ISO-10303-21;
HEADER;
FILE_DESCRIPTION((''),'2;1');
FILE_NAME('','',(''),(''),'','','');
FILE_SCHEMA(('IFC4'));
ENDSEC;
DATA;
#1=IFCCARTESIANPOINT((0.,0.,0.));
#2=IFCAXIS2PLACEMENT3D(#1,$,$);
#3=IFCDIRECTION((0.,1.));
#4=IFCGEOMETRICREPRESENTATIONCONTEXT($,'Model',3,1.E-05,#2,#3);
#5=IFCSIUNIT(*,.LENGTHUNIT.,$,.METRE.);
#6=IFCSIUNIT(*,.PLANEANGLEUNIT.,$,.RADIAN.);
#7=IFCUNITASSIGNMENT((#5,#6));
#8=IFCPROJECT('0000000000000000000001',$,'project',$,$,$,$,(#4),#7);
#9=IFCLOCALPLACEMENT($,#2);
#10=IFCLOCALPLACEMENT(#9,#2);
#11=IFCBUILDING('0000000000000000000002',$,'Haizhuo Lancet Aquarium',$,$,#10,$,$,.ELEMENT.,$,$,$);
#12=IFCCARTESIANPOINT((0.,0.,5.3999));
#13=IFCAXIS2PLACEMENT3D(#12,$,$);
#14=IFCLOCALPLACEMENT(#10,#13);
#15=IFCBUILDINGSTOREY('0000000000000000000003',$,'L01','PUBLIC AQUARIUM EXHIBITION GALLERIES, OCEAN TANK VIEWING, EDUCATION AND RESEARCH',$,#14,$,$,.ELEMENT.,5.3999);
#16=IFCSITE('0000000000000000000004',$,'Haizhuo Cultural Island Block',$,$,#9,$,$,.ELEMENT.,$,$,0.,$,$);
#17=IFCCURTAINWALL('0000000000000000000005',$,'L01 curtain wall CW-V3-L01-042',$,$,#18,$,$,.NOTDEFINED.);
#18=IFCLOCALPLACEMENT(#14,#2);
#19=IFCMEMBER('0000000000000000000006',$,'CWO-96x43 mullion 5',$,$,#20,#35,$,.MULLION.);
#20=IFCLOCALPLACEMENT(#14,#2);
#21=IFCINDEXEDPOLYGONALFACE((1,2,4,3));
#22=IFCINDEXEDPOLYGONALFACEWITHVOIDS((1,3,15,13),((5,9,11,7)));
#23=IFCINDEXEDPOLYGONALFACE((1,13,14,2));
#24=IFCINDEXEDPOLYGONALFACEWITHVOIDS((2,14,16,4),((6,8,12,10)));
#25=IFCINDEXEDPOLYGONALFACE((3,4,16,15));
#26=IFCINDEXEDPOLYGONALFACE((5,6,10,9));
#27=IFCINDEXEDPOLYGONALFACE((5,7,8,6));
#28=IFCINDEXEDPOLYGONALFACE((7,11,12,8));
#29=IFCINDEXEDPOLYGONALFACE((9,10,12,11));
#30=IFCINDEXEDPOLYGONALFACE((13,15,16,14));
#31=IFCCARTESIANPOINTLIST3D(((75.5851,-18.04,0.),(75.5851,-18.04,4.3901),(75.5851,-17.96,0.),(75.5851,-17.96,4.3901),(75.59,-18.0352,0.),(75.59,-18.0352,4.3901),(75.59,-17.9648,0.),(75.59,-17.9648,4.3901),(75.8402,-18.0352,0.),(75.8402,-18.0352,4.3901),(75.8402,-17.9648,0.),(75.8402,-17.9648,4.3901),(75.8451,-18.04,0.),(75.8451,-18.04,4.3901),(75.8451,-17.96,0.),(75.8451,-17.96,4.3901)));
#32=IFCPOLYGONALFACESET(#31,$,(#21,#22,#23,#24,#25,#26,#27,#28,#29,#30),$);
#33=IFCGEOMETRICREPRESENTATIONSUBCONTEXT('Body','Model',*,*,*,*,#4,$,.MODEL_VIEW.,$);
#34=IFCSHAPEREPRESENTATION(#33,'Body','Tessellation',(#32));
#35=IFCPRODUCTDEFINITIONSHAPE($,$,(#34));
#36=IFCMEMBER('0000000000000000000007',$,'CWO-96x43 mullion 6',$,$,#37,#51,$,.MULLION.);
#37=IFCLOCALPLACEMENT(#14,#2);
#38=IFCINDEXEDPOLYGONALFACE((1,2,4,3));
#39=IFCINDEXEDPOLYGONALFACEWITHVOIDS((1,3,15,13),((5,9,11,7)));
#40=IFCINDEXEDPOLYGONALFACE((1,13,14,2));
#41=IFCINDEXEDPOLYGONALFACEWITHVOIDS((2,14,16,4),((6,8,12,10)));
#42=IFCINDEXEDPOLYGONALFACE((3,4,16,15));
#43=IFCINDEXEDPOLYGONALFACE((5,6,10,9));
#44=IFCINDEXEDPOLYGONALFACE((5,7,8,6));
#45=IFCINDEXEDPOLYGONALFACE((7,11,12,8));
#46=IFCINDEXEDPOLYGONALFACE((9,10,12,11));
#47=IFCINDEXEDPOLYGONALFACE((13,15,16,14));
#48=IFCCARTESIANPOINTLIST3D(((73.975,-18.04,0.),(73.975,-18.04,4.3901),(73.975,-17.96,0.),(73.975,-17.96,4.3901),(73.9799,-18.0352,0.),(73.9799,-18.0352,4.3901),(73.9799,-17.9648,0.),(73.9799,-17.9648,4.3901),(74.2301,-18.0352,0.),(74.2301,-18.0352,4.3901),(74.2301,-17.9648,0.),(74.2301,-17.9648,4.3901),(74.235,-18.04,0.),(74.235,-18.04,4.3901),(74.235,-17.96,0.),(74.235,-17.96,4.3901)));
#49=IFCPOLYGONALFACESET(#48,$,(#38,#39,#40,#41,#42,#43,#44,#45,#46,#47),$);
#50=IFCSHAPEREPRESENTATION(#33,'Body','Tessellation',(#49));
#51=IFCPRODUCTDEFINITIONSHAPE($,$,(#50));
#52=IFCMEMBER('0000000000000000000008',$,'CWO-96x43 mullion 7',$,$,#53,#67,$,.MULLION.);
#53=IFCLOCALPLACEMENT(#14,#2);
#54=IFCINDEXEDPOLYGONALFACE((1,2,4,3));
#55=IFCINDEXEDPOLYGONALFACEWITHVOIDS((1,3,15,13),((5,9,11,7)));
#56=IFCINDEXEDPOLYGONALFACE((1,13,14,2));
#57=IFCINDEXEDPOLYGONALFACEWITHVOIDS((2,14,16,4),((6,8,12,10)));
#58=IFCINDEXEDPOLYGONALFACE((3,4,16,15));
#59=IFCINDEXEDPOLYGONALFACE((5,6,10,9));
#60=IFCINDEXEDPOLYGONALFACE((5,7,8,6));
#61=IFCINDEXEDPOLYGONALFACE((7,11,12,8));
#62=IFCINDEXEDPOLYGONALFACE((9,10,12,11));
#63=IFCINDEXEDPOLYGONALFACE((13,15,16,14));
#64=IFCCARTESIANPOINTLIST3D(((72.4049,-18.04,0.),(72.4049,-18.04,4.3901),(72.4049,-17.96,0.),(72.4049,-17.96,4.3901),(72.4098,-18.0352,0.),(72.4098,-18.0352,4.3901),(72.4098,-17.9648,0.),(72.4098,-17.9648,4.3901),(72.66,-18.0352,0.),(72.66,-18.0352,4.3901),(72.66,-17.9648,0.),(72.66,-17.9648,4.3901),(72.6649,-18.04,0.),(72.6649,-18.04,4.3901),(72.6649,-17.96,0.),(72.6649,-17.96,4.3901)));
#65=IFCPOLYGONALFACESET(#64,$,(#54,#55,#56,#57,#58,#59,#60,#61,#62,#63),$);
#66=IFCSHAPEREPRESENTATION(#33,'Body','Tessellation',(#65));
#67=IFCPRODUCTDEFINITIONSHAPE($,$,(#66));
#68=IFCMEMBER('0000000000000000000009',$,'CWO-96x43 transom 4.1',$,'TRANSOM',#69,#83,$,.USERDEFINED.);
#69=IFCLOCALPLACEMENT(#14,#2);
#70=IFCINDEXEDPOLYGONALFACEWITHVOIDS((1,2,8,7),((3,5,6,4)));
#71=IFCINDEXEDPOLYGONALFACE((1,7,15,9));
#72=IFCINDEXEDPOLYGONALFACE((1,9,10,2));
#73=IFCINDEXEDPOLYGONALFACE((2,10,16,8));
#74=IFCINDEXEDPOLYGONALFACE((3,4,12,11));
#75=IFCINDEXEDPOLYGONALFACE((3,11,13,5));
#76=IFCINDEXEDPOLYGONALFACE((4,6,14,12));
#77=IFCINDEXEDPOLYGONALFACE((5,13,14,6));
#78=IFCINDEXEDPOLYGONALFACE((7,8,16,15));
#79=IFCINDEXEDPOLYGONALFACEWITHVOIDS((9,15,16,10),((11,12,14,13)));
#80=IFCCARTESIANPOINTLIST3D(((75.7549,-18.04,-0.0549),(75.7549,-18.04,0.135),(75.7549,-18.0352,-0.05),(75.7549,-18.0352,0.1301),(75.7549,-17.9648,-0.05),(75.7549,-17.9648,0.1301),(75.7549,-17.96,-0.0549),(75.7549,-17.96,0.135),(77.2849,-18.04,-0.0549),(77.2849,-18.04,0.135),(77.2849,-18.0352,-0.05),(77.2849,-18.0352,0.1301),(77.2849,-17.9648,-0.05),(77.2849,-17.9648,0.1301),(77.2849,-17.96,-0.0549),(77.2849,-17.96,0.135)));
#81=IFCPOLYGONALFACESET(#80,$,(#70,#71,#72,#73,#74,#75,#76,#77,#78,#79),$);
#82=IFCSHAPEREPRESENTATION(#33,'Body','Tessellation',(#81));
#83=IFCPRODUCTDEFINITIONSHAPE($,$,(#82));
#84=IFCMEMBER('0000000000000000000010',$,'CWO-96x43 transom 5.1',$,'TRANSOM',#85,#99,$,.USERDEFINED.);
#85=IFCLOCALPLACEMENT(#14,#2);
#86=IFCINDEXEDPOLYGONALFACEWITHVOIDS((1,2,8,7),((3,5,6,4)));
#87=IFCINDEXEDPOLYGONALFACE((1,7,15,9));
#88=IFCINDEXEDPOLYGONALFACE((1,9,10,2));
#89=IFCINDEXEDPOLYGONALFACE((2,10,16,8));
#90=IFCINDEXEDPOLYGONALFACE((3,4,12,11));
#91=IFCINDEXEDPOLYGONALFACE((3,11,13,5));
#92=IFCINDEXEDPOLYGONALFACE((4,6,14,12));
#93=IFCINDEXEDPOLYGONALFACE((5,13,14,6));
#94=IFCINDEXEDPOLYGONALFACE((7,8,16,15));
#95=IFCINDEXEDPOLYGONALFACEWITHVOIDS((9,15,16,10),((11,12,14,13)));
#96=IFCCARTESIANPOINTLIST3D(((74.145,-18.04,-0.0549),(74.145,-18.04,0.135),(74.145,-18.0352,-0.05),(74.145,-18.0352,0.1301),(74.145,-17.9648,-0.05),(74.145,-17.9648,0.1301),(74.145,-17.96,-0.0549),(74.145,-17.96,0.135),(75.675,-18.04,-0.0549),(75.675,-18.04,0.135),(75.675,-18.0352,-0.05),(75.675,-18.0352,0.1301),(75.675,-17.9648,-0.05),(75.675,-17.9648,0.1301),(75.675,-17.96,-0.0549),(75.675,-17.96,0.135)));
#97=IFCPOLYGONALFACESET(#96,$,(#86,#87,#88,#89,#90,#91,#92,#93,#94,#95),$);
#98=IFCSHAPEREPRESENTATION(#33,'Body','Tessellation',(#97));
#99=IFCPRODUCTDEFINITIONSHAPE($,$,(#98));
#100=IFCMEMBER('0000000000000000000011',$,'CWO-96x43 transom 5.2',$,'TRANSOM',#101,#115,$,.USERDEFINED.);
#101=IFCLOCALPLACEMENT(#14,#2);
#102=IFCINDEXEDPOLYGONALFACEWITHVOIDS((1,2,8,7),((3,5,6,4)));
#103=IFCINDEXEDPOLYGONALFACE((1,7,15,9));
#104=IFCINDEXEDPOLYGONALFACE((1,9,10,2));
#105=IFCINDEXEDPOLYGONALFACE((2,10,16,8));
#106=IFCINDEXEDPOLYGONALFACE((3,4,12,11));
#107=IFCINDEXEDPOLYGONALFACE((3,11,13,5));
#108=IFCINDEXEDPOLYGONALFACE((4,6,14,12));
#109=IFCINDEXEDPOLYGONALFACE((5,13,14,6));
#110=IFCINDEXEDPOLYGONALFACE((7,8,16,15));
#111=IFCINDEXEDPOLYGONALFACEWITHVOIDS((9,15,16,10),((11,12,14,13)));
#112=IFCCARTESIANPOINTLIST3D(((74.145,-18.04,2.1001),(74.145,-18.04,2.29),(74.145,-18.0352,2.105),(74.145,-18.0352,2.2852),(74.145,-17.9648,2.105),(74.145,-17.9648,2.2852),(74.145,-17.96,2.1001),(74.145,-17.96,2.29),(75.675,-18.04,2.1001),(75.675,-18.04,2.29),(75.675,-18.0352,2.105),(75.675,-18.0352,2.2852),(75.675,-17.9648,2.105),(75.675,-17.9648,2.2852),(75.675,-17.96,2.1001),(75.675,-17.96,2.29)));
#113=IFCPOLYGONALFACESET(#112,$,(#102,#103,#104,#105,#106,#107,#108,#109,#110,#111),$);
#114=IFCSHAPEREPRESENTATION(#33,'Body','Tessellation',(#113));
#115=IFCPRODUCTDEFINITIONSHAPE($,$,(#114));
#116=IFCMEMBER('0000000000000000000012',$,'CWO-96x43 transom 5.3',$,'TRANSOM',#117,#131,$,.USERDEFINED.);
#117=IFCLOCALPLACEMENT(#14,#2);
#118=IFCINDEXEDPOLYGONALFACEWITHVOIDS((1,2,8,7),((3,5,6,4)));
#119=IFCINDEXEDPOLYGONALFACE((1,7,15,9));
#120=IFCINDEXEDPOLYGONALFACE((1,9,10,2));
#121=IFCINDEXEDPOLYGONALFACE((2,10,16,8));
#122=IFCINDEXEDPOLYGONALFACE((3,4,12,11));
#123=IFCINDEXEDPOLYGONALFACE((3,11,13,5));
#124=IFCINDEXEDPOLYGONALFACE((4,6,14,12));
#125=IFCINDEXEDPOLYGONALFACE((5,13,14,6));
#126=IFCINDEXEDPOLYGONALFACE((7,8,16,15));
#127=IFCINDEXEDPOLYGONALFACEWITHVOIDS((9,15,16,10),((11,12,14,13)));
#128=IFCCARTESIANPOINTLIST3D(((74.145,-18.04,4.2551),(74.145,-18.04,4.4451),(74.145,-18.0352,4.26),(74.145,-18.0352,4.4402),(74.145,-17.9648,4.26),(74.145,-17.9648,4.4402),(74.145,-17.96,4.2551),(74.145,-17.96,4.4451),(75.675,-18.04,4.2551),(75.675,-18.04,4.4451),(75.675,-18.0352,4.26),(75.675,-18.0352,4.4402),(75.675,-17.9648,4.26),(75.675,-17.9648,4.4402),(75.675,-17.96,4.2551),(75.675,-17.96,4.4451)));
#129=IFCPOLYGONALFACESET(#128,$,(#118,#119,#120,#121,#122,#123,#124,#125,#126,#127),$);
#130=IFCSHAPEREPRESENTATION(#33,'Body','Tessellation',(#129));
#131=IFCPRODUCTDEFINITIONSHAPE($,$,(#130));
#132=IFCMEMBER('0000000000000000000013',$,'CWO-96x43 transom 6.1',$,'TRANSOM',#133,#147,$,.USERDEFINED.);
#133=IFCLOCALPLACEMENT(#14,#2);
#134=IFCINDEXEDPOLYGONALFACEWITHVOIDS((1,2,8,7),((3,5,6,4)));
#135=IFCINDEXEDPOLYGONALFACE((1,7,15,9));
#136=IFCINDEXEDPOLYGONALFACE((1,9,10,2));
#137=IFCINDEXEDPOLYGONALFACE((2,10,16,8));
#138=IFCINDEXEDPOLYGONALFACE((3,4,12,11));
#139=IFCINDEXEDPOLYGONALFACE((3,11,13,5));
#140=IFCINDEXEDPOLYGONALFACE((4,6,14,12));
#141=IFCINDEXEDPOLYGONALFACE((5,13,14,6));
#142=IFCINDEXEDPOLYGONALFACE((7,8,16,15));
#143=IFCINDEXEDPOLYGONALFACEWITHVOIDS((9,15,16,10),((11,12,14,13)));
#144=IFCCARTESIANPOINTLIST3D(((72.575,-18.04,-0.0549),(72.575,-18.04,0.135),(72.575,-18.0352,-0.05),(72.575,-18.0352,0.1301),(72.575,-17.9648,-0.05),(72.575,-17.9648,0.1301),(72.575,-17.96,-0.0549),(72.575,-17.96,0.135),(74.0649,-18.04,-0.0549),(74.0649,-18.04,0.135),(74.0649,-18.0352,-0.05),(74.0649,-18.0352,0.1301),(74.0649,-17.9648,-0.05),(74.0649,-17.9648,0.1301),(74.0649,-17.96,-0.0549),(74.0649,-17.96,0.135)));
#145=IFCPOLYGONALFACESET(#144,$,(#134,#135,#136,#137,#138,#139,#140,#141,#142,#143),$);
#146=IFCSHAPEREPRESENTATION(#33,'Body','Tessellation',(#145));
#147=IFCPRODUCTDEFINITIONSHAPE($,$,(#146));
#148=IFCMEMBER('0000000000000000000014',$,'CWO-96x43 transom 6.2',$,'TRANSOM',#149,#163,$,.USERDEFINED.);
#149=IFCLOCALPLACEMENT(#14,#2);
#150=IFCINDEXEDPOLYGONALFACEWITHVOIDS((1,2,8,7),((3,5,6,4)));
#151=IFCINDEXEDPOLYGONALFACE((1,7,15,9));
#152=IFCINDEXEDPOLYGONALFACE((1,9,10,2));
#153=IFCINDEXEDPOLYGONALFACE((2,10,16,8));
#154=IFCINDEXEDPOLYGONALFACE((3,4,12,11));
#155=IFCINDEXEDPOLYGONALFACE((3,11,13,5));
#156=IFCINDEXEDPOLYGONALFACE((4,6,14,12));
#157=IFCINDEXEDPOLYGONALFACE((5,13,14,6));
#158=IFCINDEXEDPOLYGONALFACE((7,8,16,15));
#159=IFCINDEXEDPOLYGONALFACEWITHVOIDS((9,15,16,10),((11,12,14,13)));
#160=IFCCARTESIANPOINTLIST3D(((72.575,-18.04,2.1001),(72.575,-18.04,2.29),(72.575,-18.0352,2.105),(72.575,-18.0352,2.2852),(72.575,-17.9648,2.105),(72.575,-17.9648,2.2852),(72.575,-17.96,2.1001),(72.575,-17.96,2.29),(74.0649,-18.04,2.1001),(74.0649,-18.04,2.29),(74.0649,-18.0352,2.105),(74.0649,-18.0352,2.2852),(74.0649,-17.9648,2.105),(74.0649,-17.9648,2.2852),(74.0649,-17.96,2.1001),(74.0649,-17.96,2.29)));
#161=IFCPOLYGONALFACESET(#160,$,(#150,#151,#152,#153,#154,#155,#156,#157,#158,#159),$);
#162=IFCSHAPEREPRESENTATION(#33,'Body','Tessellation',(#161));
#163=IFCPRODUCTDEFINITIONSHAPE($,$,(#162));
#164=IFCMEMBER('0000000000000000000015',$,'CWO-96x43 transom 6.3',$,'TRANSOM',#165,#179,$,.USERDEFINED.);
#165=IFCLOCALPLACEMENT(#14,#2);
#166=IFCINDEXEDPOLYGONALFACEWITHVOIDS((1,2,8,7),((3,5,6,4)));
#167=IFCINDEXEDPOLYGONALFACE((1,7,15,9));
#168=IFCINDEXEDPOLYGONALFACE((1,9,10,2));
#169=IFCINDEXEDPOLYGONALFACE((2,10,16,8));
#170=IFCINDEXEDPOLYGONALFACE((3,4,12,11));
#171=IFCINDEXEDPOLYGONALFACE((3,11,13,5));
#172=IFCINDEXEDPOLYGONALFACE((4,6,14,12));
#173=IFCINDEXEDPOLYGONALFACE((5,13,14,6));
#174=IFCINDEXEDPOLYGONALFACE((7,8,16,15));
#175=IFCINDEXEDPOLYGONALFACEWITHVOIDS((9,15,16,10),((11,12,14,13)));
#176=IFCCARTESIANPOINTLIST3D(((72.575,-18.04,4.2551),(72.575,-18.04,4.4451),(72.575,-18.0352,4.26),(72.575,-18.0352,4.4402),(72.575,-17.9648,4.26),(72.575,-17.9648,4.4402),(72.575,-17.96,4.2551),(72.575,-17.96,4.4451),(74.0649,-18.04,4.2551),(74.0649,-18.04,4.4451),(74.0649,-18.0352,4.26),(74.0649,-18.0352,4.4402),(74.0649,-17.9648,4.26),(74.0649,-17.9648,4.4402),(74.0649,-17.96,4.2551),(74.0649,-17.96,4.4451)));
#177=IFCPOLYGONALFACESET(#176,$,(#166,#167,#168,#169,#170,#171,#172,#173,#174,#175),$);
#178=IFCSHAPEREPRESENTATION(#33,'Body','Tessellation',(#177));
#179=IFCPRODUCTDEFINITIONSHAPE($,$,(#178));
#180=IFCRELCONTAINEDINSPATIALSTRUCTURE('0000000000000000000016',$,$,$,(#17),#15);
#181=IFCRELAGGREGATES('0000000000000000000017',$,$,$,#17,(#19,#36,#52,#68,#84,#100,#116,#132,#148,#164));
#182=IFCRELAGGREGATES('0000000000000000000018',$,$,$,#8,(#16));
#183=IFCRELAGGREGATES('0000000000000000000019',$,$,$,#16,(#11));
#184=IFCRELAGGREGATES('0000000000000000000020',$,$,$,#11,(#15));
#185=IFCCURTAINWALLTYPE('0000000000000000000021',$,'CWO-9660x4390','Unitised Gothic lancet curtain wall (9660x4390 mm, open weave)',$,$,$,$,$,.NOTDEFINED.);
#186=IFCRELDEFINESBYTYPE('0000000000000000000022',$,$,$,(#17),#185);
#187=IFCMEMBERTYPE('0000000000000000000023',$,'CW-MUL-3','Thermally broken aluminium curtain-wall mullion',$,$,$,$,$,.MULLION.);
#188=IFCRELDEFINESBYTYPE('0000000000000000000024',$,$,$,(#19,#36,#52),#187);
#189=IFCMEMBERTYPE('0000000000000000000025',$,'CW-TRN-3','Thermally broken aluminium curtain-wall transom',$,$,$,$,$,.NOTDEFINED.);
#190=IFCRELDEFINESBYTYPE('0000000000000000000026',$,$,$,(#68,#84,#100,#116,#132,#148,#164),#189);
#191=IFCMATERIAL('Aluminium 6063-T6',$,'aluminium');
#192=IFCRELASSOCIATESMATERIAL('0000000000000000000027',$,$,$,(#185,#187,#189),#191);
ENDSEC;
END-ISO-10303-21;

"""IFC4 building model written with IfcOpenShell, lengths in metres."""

from ifc_helpers import new_model, si_unit, direction, frame, origin, origin_2d, place, context, subcontext, project, spatial, hollow_rectangle, extrude, material, material_profile, profile_set, type_object, element, aggregate, save


model = new_model("IFC4")

# Units and contexts
model_context = context("Model", 3, precision=1e-05, world=origin(), true_north=direction((0.0, 1.0)))
body_context = subcontext(model_context, "Body", "Model", "MODEL_VIEW")
ifc_project = project(units=[si_unit("LENGTHUNIT", "METRE"), si_unit("PLANEANGLEUNIT", "RADIAN")], contexts=[model_context])

# Site, building, storey
site_placement = place(None, origin())
site = spatial("IfcSite", under=ifc_project, at=site_placement, Name="Haizhuo Cultural Island Block", CompositionType="ELEMENT", RefElevation=0.0)
building_placement = place(site_placement, origin())
building = spatial("IfcBuilding", under=site, at=building_placement, Name="Haizhuo Lancet Aquarium", CompositionType="ELEMENT")
storey_placement = place(building_placement, frame((0.0, 0.0, 5.3999)))
storey = spatial("IfcBuildingStorey", under=building, at=storey_placement, Name="L01", Description="PUBLIC AQUARIUM EXHIBITION GALLERIES, OCEAN TANK VIEWING, EDUCATION AND RESEARCH", CompositionType="ELEMENT", Elevation=5.3999)

# Curtain wall, members
ifc_material_1 = material(Name="Aluminium 6063-T6", Category="aluminium")
curtain_wall_type = type_object("IfcCurtainWallType", Name="CWO-9660x4390", Description="Unitised Gothic lancet curtain wall (9660x4390 mm, open weave)", PredefinedType="NOTDEFINED", material=ifc_material_1)
curtain_wall_placement = place(storey_placement, origin())
curtain_wall = element("IfcCurtainWall", 1, at=curtain_wall_placement, inside=storey, type_object=curtain_wall_type, Name="L01 curtain wall CW-V3-L01-042", PredefinedType="NOTDEFINED")
ifc_material_profile_1 = material_profile(ifc_material_1, hollow_rectangle(XDim=0.0801, YDim=0.26, WallThickness=0.0049, at=origin_2d()), Name="ALU-M 80x260x5")
ifc_profile_set_1 = profile_set([ifc_material_profile_1], Name="Aluminium 6063-T6")
member_type_1 = type_object("IfcMemberType", Name="CW-MUL-3", Description="Thermally broken aluminium curtain-wall mullion", PredefinedType="MULLION", material=ifc_profile_set_1)
member_1_placement = place(storey_placement, frame((75.7151, -18.0, 0.0), z_axis=(0.0, 0.0, 1.0), x_axis=(0.0, -1.0, 0.0)))
member_1 = element("IfcMember", 2, at=member_1_placement, type_object=member_type_1, Name="CWO-96x43 mullion 5", PredefinedType="MULLION", context=body_context, shape_type="SweptSolid", body=[
    extrude(hollow_rectangle(XDim=0.0801, YDim=0.26, WallThickness=0.0049, at=origin_2d()), origin(), (0.0, 0.0, 1.0), 4.3901),
])
member_2_placement = place(storey_placement, frame((74.105, -18.0, 0.0), z_axis=(0.0, 0.0, 1.0), x_axis=(0.0, -1.0, 0.0)))
member_2 = element("IfcMember", 3, at=member_2_placement, type_object=member_type_1, Name="CWO-96x43 mullion 6", PredefinedType="MULLION", context=body_context, shape_type="SweptSolid", body=[
    extrude(hollow_rectangle(XDim=0.0801, YDim=0.26, WallThickness=0.0049, at=origin_2d()), origin(), (0.0, 0.0, 1.0), 4.3901),
])
member_3_placement = place(storey_placement, frame((72.5349, -18.0, 0.0), z_axis=(0.0, 0.0, 1.0), x_axis=(0.0, -1.0, 0.0)))
member_3 = element("IfcMember", 4, at=member_3_placement, type_object=member_type_1, Name="CWO-96x43 mullion 7", PredefinedType="MULLION", context=body_context, shape_type="SweptSolid", body=[
    extrude(hollow_rectangle(XDim=0.0801, YDim=0.26, WallThickness=0.0049, at=origin_2d()), origin(), (0.0, 0.0, 1.0), 4.3901),
])
ifc_material_profile_2 = material_profile(ifc_material_1, hollow_rectangle(XDim=0.0801, YDim=0.1899, WallThickness=0.0049, at=origin_2d()), Name="ALU-T 80x190x5")
ifc_profile_set_2 = profile_set([ifc_material_profile_2], Name="Aluminium 6063-T6")
member_type_2 = type_object("IfcMemberType", Name="CW-TRN-3", Description="Thermally broken aluminium curtain-wall transom", PredefinedType="NOTDEFINED", material=ifc_profile_set_2)
member_4_placement = place(storey_placement, frame((77.2849, -18.0, 0.04), z_axis=(-1.0, 0.0, 0.0), x_axis=(0.0, -1.0, 0.0)))
member_4 = element("IfcMember", 5, at=member_4_placement, type_object=member_type_2, Name="CWO-96x43 transom 4.1", ObjectType="TRANSOM", PredefinedType="USERDEFINED", context=body_context, shape_type="SweptSolid", body=[
    extrude(hollow_rectangle(XDim=0.0801, YDim=0.1899, WallThickness=0.0049, at=origin_2d()), origin(), (0.0, 0.0, 1.0), 1.53),
])
member_5_placement = place(storey_placement, frame((75.675, -18.0, 0.04), z_axis=(-1.0, 0.0, 0.0), x_axis=(0.0, -1.0, 0.0)))
member_5 = element("IfcMember", 6, at=member_5_placement, type_object=member_type_2, Name="CWO-96x43 transom 5.1", ObjectType="TRANSOM", PredefinedType="USERDEFINED", context=body_context, shape_type="SweptSolid", body=[
    extrude(hollow_rectangle(XDim=0.0801, YDim=0.1899, WallThickness=0.0049, at=origin_2d()), origin(), (0.0, 0.0, 1.0), 1.53),
])
member_6_placement = place(storey_placement, frame((75.675, -18.0, 2.1951), z_axis=(-1.0, 0.0, 0.0), x_axis=(0.0, -1.0, 0.0)))
member_6 = element("IfcMember", 7, at=member_6_placement, type_object=member_type_2, Name="CWO-96x43 transom 5.2", ObjectType="TRANSOM", PredefinedType="USERDEFINED", context=body_context, shape_type="SweptSolid", body=[
    extrude(hollow_rectangle(XDim=0.0801, YDim=0.1899, WallThickness=0.0049, at=origin_2d()), origin(), (0.0, 0.0, 1.0), 1.53),
])
member_7_placement = place(storey_placement, frame((75.675, -18.0, 4.3501), z_axis=(-1.0, 0.0, 0.0), x_axis=(0.0, -1.0, 0.0)))
member_7 = element("IfcMember", 8, at=member_7_placement, type_object=member_type_2, Name="CWO-96x43 transom 5.3", ObjectType="TRANSOM", PredefinedType="USERDEFINED", context=body_context, shape_type="SweptSolid", body=[
    extrude(hollow_rectangle(XDim=0.0801, YDim=0.1899, WallThickness=0.0049, at=origin_2d()), origin(), (0.0, 0.0, 1.0), 1.53),
])
member_8_placement = place(storey_placement, frame((74.0649, -18.0, 0.04), z_axis=(-1.0, 0.0, 0.0), x_axis=(0.0, -1.0, 0.0)))
member_8 = element("IfcMember", 9, at=member_8_placement, type_object=member_type_2, Name="CWO-96x43 transom 6.1", ObjectType="TRANSOM", PredefinedType="USERDEFINED", context=body_context, shape_type="SweptSolid", body=[
    extrude(hollow_rectangle(XDim=0.0801, YDim=0.1899, WallThickness=0.0049, at=origin_2d()), origin(), (0.0, 0.0, 1.0), 1.49),
])
member_9_placement = place(storey_placement, frame((74.0649, -18.0, 2.1951), z_axis=(-1.0, 0.0, 0.0), x_axis=(0.0, -1.0, 0.0)))
member_9 = element("IfcMember", 10, at=member_9_placement, type_object=member_type_2, Name="CWO-96x43 transom 6.2", ObjectType="TRANSOM", PredefinedType="USERDEFINED", context=body_context, shape_type="SweptSolid", body=[
    extrude(hollow_rectangle(XDim=0.0801, YDim=0.1899, WallThickness=0.0049, at=origin_2d()), origin(), (0.0, 0.0, 1.0), 1.49),
])
member_10_placement = place(storey_placement, frame((74.0649, -18.0, 4.3501), z_axis=(-1.0, 0.0, 0.0), x_axis=(0.0, -1.0, 0.0)))
member_10 = element("IfcMember", 11, at=member_10_placement, type_object=member_type_2, Name="CWO-96x43 transom 6.3", ObjectType="TRANSOM", PredefinedType="USERDEFINED", context=body_context, shape_type="SweptSolid", body=[
    extrude(hollow_rectangle(XDim=0.0801, YDim=0.1899, WallThickness=0.0049, at=origin_2d()), origin(), (0.0, 0.0, 1.0), 1.49),
])

aggregate(curtain_wall, [member_1, member_2, member_3, member_4, member_5, member_6, member_7, member_8, member_9, member_10])

save(model, "model.ifc")
